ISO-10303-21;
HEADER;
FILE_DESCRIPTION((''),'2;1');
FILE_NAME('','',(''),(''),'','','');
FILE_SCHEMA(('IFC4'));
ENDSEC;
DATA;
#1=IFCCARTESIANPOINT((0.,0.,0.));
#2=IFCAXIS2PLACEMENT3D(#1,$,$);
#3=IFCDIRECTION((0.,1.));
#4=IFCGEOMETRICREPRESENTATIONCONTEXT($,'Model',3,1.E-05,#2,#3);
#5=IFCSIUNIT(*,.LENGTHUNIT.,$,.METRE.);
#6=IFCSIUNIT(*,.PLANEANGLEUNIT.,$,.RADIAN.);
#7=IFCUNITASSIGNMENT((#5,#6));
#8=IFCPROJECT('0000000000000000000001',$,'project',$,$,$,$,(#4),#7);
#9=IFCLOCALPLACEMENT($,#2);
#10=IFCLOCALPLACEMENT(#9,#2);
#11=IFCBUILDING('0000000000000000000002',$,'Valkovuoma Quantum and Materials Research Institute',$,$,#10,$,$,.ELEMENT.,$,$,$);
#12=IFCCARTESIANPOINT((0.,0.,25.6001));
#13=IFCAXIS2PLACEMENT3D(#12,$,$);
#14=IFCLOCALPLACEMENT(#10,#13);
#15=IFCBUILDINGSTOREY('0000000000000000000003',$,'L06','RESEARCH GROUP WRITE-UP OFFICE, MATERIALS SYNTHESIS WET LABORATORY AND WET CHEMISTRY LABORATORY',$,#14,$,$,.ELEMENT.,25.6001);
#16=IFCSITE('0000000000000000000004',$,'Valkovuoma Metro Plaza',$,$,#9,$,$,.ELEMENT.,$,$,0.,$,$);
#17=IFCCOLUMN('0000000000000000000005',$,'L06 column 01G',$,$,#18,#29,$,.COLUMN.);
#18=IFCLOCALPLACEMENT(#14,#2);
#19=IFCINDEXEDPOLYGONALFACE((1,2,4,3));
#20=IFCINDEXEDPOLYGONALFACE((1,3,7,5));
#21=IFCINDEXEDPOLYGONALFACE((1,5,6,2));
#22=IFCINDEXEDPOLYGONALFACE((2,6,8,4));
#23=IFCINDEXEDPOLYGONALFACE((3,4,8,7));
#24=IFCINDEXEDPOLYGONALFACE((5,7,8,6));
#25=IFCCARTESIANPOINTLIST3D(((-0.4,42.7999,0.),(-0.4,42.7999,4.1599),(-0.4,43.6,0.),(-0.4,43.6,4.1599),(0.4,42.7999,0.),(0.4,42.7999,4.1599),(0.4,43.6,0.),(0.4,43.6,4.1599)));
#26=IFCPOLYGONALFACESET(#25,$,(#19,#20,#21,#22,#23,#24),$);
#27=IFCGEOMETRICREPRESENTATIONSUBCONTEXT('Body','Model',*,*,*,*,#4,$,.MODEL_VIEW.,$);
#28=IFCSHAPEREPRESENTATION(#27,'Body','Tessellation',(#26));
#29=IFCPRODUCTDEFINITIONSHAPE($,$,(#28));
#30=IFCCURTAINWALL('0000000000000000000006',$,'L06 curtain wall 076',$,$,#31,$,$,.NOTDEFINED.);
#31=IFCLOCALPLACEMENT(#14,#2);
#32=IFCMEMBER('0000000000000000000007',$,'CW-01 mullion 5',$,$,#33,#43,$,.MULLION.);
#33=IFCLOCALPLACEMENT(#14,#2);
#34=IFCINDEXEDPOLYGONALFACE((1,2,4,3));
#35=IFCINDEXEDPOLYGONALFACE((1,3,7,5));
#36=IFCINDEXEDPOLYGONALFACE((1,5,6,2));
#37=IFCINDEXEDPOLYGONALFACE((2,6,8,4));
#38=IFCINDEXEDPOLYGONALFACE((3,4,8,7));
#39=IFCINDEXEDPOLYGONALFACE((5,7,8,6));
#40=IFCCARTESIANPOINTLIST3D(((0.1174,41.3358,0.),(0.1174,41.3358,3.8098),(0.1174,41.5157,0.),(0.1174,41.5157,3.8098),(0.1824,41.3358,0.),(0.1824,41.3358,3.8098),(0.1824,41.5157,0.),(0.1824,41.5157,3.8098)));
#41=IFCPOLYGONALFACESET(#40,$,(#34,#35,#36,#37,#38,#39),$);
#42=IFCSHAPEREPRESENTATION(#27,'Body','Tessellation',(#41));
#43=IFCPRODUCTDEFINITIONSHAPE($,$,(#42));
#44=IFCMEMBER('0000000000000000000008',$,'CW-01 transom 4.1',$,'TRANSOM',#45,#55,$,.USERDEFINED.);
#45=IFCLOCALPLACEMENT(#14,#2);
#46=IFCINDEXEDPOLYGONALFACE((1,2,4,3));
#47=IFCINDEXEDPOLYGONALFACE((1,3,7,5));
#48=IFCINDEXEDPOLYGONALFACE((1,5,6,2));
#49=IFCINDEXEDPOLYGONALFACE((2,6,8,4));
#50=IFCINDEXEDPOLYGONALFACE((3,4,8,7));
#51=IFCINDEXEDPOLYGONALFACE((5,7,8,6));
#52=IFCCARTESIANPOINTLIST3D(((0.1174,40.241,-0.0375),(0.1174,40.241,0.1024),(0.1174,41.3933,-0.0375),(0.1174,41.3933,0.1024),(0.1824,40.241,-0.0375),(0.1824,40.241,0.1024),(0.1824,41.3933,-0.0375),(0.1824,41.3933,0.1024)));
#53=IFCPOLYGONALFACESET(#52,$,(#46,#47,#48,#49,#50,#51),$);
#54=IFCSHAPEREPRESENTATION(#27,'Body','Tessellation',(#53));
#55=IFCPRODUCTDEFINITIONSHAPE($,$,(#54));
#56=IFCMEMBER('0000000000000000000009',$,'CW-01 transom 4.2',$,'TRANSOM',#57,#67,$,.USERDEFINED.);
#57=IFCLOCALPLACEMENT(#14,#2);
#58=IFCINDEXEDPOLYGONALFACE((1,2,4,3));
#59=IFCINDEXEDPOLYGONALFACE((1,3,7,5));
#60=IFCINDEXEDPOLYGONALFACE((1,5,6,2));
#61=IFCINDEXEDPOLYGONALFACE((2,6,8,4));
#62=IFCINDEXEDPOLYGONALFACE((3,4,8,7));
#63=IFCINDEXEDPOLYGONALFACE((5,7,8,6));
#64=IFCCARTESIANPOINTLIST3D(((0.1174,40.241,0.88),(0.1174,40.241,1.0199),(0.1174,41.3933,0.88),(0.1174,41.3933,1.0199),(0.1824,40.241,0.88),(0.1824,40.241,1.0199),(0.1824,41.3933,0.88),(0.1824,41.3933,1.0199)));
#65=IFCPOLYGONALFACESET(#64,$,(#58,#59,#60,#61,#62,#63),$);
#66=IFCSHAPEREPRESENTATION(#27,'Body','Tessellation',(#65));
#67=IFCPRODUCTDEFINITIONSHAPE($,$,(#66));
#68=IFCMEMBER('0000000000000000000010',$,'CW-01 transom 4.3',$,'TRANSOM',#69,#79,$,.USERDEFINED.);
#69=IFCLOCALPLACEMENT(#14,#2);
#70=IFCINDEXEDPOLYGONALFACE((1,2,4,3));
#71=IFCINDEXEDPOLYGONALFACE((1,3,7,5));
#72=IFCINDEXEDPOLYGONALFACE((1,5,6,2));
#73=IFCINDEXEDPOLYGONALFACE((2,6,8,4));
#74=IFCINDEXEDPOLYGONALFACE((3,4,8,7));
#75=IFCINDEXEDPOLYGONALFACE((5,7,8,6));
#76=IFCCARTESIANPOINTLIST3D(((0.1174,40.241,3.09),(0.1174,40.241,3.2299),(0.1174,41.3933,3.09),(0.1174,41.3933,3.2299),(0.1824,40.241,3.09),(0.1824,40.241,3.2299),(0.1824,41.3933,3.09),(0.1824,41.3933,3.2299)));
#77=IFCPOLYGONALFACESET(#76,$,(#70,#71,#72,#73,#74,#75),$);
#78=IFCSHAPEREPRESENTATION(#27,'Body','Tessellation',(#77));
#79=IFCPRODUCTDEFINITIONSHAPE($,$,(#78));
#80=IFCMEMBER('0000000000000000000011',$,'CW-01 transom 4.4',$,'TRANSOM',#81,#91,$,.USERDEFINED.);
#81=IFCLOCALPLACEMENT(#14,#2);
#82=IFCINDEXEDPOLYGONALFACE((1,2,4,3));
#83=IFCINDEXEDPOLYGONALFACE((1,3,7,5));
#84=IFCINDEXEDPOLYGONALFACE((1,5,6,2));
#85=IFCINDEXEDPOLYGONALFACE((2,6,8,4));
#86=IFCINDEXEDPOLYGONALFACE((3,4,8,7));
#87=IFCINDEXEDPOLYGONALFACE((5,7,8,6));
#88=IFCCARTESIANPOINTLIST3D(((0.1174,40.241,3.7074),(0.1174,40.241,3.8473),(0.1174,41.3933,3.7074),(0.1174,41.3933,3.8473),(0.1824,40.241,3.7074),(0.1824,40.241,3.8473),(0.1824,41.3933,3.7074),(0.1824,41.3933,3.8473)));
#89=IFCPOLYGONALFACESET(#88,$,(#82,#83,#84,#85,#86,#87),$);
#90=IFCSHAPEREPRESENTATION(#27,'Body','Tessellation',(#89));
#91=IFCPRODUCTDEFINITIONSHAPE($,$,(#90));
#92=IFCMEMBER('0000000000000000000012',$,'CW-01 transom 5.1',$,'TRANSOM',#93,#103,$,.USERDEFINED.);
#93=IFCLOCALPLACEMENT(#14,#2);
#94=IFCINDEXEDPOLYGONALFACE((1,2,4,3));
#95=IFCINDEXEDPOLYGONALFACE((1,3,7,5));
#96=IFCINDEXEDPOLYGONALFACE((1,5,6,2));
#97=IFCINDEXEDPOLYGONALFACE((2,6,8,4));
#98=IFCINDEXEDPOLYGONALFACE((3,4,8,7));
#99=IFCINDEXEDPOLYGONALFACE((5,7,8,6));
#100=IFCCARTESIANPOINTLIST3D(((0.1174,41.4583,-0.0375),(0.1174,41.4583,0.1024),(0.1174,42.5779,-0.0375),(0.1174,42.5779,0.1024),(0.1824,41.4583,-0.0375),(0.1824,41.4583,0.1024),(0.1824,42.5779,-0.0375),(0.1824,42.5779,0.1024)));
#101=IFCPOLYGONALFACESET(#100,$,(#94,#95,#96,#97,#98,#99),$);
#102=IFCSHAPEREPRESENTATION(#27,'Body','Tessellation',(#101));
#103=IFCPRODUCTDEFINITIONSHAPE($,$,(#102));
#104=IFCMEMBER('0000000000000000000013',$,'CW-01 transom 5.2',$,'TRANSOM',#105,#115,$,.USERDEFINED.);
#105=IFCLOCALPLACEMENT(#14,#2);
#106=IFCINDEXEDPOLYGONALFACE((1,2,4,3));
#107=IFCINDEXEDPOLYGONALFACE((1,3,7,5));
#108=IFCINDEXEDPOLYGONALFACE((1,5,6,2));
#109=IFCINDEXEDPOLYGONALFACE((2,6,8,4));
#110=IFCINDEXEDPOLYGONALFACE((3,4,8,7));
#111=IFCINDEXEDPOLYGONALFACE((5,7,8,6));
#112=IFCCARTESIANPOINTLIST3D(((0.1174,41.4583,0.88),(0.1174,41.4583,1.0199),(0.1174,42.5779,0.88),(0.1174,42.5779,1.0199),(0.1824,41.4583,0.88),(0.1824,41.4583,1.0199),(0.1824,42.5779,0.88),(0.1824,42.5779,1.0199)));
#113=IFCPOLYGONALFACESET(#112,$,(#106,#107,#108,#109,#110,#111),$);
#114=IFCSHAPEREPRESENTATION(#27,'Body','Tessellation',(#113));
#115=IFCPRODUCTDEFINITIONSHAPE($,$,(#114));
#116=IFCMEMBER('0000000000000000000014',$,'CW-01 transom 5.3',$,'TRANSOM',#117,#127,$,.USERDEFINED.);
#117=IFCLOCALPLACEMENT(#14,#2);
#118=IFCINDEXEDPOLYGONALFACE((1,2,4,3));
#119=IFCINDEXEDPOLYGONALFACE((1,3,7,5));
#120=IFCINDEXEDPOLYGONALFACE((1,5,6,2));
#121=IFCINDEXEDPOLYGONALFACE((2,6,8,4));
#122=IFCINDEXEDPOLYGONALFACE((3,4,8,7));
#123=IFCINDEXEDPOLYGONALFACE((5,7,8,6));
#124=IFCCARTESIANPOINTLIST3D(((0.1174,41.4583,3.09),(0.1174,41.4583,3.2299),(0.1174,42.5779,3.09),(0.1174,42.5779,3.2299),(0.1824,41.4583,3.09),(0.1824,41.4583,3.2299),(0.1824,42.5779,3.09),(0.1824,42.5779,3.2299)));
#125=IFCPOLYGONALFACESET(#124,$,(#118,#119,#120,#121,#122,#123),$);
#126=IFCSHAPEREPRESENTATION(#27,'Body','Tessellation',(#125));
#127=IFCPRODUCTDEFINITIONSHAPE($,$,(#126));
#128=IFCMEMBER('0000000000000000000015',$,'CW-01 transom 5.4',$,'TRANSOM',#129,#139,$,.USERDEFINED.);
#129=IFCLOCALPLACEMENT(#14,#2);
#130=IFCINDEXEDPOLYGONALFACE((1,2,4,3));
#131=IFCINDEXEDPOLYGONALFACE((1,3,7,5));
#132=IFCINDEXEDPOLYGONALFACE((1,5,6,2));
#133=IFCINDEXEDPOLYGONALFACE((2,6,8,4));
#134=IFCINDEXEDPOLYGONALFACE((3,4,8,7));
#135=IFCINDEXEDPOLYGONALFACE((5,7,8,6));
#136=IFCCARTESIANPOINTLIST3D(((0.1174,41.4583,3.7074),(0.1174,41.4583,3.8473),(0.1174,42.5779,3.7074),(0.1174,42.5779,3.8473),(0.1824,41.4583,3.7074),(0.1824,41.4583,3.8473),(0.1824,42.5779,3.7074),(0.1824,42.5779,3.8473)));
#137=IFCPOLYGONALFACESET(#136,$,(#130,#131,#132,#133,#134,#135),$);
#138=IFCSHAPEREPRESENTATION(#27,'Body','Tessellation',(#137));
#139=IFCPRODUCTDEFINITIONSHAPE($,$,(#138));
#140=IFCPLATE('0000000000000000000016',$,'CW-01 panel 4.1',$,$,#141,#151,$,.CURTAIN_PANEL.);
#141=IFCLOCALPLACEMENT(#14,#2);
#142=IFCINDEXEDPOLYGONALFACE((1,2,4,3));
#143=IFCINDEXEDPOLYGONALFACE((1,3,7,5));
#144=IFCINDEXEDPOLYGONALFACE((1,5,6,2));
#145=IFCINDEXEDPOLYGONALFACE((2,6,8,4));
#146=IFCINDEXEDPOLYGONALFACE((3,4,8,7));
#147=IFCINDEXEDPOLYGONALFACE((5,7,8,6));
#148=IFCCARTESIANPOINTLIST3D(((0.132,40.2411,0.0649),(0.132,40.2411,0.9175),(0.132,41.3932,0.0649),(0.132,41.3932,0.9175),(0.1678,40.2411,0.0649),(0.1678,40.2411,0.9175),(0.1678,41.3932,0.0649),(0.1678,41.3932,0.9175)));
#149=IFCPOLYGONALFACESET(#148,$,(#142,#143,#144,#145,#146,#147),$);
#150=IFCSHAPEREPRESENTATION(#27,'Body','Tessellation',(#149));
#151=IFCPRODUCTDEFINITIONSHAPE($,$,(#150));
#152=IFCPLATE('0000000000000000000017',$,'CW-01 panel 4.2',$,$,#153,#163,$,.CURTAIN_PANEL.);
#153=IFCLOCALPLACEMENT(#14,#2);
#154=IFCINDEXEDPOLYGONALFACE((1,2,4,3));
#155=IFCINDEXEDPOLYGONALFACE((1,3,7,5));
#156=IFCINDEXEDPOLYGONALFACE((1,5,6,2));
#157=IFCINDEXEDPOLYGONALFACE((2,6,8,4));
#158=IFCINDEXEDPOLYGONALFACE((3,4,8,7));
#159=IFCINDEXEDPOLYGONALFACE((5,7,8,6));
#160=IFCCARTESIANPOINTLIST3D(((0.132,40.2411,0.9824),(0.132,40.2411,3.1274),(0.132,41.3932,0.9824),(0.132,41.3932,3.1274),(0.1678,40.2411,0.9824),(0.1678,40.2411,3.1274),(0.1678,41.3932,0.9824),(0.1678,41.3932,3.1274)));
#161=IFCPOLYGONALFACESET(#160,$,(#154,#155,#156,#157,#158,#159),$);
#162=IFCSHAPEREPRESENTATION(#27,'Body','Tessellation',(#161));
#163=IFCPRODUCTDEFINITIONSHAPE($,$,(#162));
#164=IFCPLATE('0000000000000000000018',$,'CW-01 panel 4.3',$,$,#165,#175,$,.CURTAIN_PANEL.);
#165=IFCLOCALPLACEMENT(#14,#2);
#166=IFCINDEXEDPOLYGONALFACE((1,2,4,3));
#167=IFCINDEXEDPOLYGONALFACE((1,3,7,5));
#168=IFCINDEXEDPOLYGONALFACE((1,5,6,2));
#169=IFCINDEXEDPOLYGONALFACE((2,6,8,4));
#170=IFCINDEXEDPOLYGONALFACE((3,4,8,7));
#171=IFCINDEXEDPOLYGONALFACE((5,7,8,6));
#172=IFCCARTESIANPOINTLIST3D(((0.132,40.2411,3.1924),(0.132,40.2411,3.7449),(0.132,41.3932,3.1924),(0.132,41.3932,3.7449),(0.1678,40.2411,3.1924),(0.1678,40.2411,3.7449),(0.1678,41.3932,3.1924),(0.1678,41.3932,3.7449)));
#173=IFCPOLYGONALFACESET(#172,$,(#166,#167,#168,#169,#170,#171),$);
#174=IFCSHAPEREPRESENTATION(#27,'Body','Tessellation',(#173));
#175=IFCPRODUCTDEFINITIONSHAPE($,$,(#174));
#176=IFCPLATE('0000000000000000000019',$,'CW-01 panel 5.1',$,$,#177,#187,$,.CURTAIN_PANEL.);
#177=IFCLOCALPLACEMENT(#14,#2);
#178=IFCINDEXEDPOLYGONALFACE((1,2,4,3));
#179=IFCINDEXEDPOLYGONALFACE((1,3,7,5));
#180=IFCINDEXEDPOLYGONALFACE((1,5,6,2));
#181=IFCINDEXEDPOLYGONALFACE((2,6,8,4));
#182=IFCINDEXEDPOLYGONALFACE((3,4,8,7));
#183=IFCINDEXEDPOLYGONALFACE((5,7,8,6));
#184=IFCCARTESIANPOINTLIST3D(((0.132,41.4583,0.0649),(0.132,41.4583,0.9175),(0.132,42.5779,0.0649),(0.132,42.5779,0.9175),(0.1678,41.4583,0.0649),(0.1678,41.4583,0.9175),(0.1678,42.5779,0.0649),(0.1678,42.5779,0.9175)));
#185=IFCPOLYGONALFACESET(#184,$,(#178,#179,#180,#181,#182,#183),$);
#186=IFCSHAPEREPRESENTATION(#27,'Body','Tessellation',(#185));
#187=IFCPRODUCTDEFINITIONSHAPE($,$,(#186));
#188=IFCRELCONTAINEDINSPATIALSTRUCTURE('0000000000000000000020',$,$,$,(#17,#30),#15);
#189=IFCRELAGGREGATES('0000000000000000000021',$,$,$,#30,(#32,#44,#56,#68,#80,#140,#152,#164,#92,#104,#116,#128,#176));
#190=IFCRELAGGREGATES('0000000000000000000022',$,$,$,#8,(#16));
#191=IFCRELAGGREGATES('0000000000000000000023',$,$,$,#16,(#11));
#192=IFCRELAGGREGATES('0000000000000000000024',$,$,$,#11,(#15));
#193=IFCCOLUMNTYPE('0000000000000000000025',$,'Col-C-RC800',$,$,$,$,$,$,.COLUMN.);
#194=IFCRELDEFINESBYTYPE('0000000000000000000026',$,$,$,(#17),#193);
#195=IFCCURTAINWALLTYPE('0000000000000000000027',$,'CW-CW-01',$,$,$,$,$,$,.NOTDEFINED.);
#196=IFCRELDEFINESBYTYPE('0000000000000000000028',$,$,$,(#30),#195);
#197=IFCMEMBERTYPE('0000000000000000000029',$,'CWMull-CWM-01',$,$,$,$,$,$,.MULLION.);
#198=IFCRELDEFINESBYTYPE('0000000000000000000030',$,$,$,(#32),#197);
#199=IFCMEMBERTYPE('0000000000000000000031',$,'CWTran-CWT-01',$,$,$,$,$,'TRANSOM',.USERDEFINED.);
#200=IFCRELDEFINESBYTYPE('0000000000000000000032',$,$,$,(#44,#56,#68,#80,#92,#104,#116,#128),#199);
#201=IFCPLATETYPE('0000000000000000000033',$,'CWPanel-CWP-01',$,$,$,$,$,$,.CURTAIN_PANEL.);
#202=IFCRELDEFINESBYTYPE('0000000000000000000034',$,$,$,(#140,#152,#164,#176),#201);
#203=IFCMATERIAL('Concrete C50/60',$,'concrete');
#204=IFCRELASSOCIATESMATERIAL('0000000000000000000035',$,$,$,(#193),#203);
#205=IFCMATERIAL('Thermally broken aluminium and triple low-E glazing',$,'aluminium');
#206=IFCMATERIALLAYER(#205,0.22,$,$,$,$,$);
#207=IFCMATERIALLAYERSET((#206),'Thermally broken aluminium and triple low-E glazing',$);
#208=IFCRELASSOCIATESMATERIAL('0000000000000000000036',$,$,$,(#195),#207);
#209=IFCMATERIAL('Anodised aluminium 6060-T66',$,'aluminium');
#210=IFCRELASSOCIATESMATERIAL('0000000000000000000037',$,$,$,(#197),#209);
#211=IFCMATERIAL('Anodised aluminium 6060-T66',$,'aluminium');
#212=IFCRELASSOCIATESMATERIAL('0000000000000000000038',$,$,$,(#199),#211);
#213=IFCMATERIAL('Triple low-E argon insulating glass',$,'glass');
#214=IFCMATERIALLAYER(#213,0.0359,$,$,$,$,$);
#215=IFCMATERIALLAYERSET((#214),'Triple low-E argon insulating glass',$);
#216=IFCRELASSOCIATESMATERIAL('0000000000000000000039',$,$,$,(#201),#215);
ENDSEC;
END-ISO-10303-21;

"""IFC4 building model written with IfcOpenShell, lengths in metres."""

from ifc_helpers import new_model, si_unit, direction, frame, origin, origin_2d, place, context, subcontext, project, spatial, rectangle, extrude, material, layer, layer_set, material_profile, profile_set, type_object, element, aggregate, save


model = new_model("IFC4")

# Units and contexts
model_context = context("Model", 3, precision=1e-05, world=origin(), true_north=direction((0.0, 1.0)))
body_context = subcontext(model_context, "Body", "Model", "MODEL_VIEW")
ifc_project = project(units=[si_unit("LENGTHUNIT", "METRE"), si_unit("PLANEANGLEUNIT", "RADIAN")], contexts=[model_context])

# Site, building, storey
site_placement = place(None, origin())
site = spatial("IfcSite", under=ifc_project, at=site_placement, Name="Valkovuoma Metro Plaza", CompositionType="ELEMENT", RefElevation=0.0)
building_placement = place(site_placement, origin())
building = spatial("IfcBuilding", under=site, at=building_placement, Name="Valkovuoma Quantum and Materials Research Institute", CompositionType="ELEMENT")
storey_placement = place(building_placement, frame((0.0, 0.0, 25.6001)))
storey = spatial("IfcBuildingStorey", under=building, at=storey_placement, Name="L06", Description="RESEARCH GROUP WRITE-UP OFFICE, MATERIALS SYNTHESIS WET LABORATORY AND WET CHEMISTRY LABORATORY", CompositionType="ELEMENT", Elevation=25.6001)

# Column
ifc_material_1 = material(Name="Concrete C50/60", Category="concrete")
ifc_material_profile_1 = material_profile(ifc_material_1, rectangle(XDim=0.8, YDim=0.8, at=origin_2d()), Name="Concrete C50/60")
ifc_profile_set_1 = profile_set([ifc_material_profile_1], Name="Concrete C50/60")
column_type = type_object("IfcColumnType", Name="Col-C-RC800", PredefinedType="COLUMN", material=ifc_profile_set_1)
column_placement = place(storey_placement, frame((0.0, 43.2, 0.0), z_axis=(0.0, 0.0, 1.0), x_axis=(1.0, 0.0, 0.0)))
element("IfcColumn", 1, at=column_placement, inside=storey, type_object=column_type, Name="L06 column 01G", PredefinedType="COLUMN", context=body_context, shape_type="SweptSolid", body=[
    extrude(rectangle(XDim=0.8, YDim=0.8, at=origin_2d()), origin(), (0.0, 0.0, 1.0), 4.1599),
])

# Curtain wall, members, plates
ifc_material_2 = material(Name="Thermally broken aluminium and triple low-E glazing", Category="aluminium")
ifc_layer_1 = layer(ifc_material_2, 0.22)
ifc_layer_set_1 = layer_set([ifc_layer_1], Name="Thermally broken aluminium and triple low-E glazing")
curtain_wall_type = type_object("IfcCurtainWallType", Name="CW-CW-01", PredefinedType="NOTDEFINED", material=ifc_layer_set_1)
curtain_wall_placement = place(storey_placement, origin())
curtain_wall = element("IfcCurtainWall", 2, at=curtain_wall_placement, inside=storey, type_object=curtain_wall_type, Name="L06 curtain wall 076", PredefinedType="NOTDEFINED")
ifc_material_3 = material(Name="Anodised aluminium 6060-T66", Category="aluminium")
ifc_material_profile_2 = material_profile(ifc_material_3, rectangle(XDim=0.0649, YDim=0.1799, at=origin_2d()), Name="Anodised aluminium 6060-T66")
ifc_profile_set_2 = profile_set([ifc_material_profile_2], Name="Anodised aluminium 6060-T66")
member_type_1 = type_object("IfcMemberType", Name="CWMull-CWM-01", PredefinedType="MULLION", material=ifc_profile_set_2)
member_1_placement = place(storey_placement, frame((0.1499, 41.4258, 0.0), z_axis=(0.0, 0.0, 1.0), x_axis=(-1.0, 0.0, 0.0)))
member_1 = element("IfcMember", 3, at=member_1_placement, type_object=member_type_1, Name="CW-01 mullion 5", PredefinedType="MULLION", context=body_context, shape_type="SweptSolid", body=[
    extrude(rectangle(XDim=0.0649, YDim=0.1799, at=origin_2d()), origin(), (0.0, 0.0, 1.0), 3.8098),
])
ifc_material_4 = material(Name="Anodised aluminium 6060-T66", Category="aluminium")
ifc_material_profile_3 = material_profile(ifc_material_4, rectangle(XDim=0.0649, YDim=0.1399, at=origin_2d()), Name="Anodised aluminium 6060-T66")
ifc_profile_set_3 = profile_set([ifc_material_profile_3], Name="Anodised aluminium 6060-T66")
member_type_2 = type_object("IfcMemberType", Name="CWTran-CWT-01", ElementType="TRANSOM", PredefinedType="USERDEFINED", material=ifc_profile_set_3)
member_2_placement = place(storey_placement, frame((0.1499, 40.241, 0.0325), z_axis=(0.0, 1.0, 0.0), x_axis=(-1.0, 0.0, 0.0)))
member_2 = element("IfcMember", 4, at=member_2_placement, type_object=member_type_2, Name="CW-01 transom 4.1", ObjectType="TRANSOM", PredefinedType="USERDEFINED", context=body_context, shape_type="SweptSolid", body=[
    extrude(rectangle(XDim=0.0649, YDim=0.1399, at=origin_2d()), origin(), (0.0, 0.0, 1.0), 1.1523),
])
member_3_placement = place(storey_placement, frame((0.1499, 40.241, 0.95), z_axis=(0.0, 1.0, 0.0), x_axis=(-1.0, 0.0, 0.0)))
member_3 = element("IfcMember", 5, at=member_3_placement, type_object=member_type_2, Name="CW-01 transom 4.2", ObjectType="TRANSOM", PredefinedType="USERDEFINED", context=body_context, shape_type="SweptSolid", body=[
    extrude(rectangle(XDim=0.0649, YDim=0.1399, at=origin_2d()), origin(), (0.0, 0.0, 1.0), 1.1523),
])
member_4_placement = place(storey_placement, frame((0.1499, 40.241, 3.1599), z_axis=(0.0, 1.0, 0.0), x_axis=(-1.0, 0.0, 0.0)))
member_4 = element("IfcMember", 6, at=member_4_placement, type_object=member_type_2, Name="CW-01 transom 4.3", ObjectType="TRANSOM", PredefinedType="USERDEFINED", context=body_context, shape_type="SweptSolid", body=[
    extrude(rectangle(XDim=0.0649, YDim=0.1399, at=origin_2d()), origin(), (0.0, 0.0, 1.0), 1.1523),
])
member_5_placement = place(storey_placement, frame((0.1499, 40.241, 3.7773), z_axis=(0.0, 1.0, 0.0), x_axis=(-1.0, 0.0, 0.0)))
member_5 = element("IfcMember", 7, at=member_5_placement, type_object=member_type_2, Name="CW-01 transom 4.4", ObjectType="TRANSOM", PredefinedType="USERDEFINED", context=body_context, shape_type="SweptSolid", body=[
    extrude(rectangle(XDim=0.0649, YDim=0.1399, at=origin_2d()), origin(), (0.0, 0.0, 1.0), 1.1523),
])
member_6_placement = place(storey_placement, frame((0.1499, 41.4583, 0.0325), z_axis=(0.0, 1.0, 0.0), x_axis=(-1.0, 0.0, 0.0)))
member_6 = element("IfcMember", 8, at=member_6_placement, type_object=member_type_2, Name="CW-01 transom 5.1", ObjectType="TRANSOM", PredefinedType="USERDEFINED", context=body_context, shape_type="SweptSolid", body=[
    extrude(rectangle(XDim=0.0649, YDim=0.1399, at=origin_2d()), origin(), (0.0, 0.0, 1.0), 1.1196),
])
member_7_placement = place(storey_placement, frame((0.1499, 41.4583, 0.95), z_axis=(0.0, 1.0, 0.0), x_axis=(-1.0, 0.0, 0.0)))
member_7 = element("IfcMember", 9, at=member_7_placement, type_object=member_type_2, Name="CW-01 transom 5.2", ObjectType="TRANSOM", PredefinedType="USERDEFINED", context=body_context, shape_type="SweptSolid", body=[
    extrude(rectangle(XDim=0.0649, YDim=0.1399, at=origin_2d()), origin(), (0.0, 0.0, 1.0), 1.1196),
])
member_8_placement = place(storey_placement, frame((0.1499, 41.4583, 3.1599), z_axis=(0.0, 1.0, 0.0), x_axis=(-1.0, 0.0, 0.0)))
member_8 = element("IfcMember", 10, at=member_8_placement, type_object=member_type_2, Name="CW-01 transom 5.3", ObjectType="TRANSOM", PredefinedType="USERDEFINED", context=body_context, shape_type="SweptSolid", body=[
    extrude(rectangle(XDim=0.0649, YDim=0.1399, at=origin_2d()), origin(), (0.0, 0.0, 1.0), 1.1196),
])
member_9_placement = place(storey_placement, frame((0.1499, 41.4583, 3.7773), z_axis=(0.0, 1.0, 0.0), x_axis=(-1.0, 0.0, 0.0)))
member_9 = element("IfcMember", 11, at=member_9_placement, type_object=member_type_2, Name="CW-01 transom 5.4", ObjectType="TRANSOM", PredefinedType="USERDEFINED", context=body_context, shape_type="SweptSolid", body=[
    extrude(rectangle(XDim=0.0649, YDim=0.1399, at=origin_2d()), origin(), (0.0, 0.0, 1.0), 1.1196),
])
ifc_material_5 = material(Name="Triple low-E argon insulating glass", Category="glass")
ifc_layer_2 = layer(ifc_material_5, 0.0359)
ifc_layer_set_2 = layer_set([ifc_layer_2], Name="Triple low-E argon insulating glass")
plate_type = type_object("IfcPlateType", Name="CWPanel-CWP-01", PredefinedType="CURTAIN_PANEL", material=ifc_layer_set_2)
plate_1_placement = place(storey_placement, frame((0.1499, 40.8171, 0.0649), z_axis=(0.0, 0.0, 1.0), x_axis=(0.0, 1.0, 0.0)))
plate_1 = element("IfcPlate", 12, at=plate_1_placement, type_object=plate_type, Name="CW-01 panel 4.1", PredefinedType="CURTAIN_PANEL", context=body_context, shape_type="SweptSolid", body=[
    extrude(rectangle(XDim=1.1521, YDim=0.0359, at=origin_2d()), origin(), (0.0, 0.0, 1.0), 0.8525),
])
plate_2_placement = place(storey_placement, frame((0.1499, 40.8171, 0.9824), z_axis=(0.0, 0.0, 1.0), x_axis=(0.0, 1.0, 0.0)))
plate_2 = element("IfcPlate", 13, at=plate_2_placement, type_object=plate_type, Name="CW-01 panel 4.2", PredefinedType="CURTAIN_PANEL", context=body_context, shape_type="SweptSolid", body=[
    extrude(rectangle(XDim=1.1521, YDim=0.0359, at=origin_2d()), origin(), (0.0, 0.0, 1.0), 2.145),
])
plate_3_placement = place(storey_placement, frame((0.1499, 40.8171, 3.1924), z_axis=(0.0, 0.0, 1.0), x_axis=(0.0, 1.0, 0.0)))
plate_3 = element("IfcPlate", 14, at=plate_3_placement, type_object=plate_type, Name="CW-01 panel 4.3", PredefinedType="CURTAIN_PANEL", context=body_context, shape_type="SweptSolid", body=[
    extrude(rectangle(XDim=1.1521, YDim=0.0359, at=origin_2d()), origin(), (0.0, 0.0, 1.0), 0.5525),
])
plate_4_placement = place(storey_placement, frame((0.1499, 42.0181, 0.0649), z_axis=(0.0, 0.0, 1.0), x_axis=(0.0, 1.0, 0.0)))
plate_4 = element("IfcPlate", 15, at=plate_4_placement, type_object=plate_type, Name="CW-01 panel 5.1", PredefinedType="CURTAIN_PANEL", context=body_context, shape_type="SweptSolid", body=[
    extrude(rectangle(XDim=1.1196, YDim=0.0359, at=origin_2d()), origin(), (0.0, 0.0, 1.0), 0.8525),
])
aggregate(curtain_wall, [member_1, member_2, member_3, member_4, member_5, plate_1, plate_2, plate_3, member_6, member_7, member_8, member_9, plate_4])

save(model, "model.ifc")
